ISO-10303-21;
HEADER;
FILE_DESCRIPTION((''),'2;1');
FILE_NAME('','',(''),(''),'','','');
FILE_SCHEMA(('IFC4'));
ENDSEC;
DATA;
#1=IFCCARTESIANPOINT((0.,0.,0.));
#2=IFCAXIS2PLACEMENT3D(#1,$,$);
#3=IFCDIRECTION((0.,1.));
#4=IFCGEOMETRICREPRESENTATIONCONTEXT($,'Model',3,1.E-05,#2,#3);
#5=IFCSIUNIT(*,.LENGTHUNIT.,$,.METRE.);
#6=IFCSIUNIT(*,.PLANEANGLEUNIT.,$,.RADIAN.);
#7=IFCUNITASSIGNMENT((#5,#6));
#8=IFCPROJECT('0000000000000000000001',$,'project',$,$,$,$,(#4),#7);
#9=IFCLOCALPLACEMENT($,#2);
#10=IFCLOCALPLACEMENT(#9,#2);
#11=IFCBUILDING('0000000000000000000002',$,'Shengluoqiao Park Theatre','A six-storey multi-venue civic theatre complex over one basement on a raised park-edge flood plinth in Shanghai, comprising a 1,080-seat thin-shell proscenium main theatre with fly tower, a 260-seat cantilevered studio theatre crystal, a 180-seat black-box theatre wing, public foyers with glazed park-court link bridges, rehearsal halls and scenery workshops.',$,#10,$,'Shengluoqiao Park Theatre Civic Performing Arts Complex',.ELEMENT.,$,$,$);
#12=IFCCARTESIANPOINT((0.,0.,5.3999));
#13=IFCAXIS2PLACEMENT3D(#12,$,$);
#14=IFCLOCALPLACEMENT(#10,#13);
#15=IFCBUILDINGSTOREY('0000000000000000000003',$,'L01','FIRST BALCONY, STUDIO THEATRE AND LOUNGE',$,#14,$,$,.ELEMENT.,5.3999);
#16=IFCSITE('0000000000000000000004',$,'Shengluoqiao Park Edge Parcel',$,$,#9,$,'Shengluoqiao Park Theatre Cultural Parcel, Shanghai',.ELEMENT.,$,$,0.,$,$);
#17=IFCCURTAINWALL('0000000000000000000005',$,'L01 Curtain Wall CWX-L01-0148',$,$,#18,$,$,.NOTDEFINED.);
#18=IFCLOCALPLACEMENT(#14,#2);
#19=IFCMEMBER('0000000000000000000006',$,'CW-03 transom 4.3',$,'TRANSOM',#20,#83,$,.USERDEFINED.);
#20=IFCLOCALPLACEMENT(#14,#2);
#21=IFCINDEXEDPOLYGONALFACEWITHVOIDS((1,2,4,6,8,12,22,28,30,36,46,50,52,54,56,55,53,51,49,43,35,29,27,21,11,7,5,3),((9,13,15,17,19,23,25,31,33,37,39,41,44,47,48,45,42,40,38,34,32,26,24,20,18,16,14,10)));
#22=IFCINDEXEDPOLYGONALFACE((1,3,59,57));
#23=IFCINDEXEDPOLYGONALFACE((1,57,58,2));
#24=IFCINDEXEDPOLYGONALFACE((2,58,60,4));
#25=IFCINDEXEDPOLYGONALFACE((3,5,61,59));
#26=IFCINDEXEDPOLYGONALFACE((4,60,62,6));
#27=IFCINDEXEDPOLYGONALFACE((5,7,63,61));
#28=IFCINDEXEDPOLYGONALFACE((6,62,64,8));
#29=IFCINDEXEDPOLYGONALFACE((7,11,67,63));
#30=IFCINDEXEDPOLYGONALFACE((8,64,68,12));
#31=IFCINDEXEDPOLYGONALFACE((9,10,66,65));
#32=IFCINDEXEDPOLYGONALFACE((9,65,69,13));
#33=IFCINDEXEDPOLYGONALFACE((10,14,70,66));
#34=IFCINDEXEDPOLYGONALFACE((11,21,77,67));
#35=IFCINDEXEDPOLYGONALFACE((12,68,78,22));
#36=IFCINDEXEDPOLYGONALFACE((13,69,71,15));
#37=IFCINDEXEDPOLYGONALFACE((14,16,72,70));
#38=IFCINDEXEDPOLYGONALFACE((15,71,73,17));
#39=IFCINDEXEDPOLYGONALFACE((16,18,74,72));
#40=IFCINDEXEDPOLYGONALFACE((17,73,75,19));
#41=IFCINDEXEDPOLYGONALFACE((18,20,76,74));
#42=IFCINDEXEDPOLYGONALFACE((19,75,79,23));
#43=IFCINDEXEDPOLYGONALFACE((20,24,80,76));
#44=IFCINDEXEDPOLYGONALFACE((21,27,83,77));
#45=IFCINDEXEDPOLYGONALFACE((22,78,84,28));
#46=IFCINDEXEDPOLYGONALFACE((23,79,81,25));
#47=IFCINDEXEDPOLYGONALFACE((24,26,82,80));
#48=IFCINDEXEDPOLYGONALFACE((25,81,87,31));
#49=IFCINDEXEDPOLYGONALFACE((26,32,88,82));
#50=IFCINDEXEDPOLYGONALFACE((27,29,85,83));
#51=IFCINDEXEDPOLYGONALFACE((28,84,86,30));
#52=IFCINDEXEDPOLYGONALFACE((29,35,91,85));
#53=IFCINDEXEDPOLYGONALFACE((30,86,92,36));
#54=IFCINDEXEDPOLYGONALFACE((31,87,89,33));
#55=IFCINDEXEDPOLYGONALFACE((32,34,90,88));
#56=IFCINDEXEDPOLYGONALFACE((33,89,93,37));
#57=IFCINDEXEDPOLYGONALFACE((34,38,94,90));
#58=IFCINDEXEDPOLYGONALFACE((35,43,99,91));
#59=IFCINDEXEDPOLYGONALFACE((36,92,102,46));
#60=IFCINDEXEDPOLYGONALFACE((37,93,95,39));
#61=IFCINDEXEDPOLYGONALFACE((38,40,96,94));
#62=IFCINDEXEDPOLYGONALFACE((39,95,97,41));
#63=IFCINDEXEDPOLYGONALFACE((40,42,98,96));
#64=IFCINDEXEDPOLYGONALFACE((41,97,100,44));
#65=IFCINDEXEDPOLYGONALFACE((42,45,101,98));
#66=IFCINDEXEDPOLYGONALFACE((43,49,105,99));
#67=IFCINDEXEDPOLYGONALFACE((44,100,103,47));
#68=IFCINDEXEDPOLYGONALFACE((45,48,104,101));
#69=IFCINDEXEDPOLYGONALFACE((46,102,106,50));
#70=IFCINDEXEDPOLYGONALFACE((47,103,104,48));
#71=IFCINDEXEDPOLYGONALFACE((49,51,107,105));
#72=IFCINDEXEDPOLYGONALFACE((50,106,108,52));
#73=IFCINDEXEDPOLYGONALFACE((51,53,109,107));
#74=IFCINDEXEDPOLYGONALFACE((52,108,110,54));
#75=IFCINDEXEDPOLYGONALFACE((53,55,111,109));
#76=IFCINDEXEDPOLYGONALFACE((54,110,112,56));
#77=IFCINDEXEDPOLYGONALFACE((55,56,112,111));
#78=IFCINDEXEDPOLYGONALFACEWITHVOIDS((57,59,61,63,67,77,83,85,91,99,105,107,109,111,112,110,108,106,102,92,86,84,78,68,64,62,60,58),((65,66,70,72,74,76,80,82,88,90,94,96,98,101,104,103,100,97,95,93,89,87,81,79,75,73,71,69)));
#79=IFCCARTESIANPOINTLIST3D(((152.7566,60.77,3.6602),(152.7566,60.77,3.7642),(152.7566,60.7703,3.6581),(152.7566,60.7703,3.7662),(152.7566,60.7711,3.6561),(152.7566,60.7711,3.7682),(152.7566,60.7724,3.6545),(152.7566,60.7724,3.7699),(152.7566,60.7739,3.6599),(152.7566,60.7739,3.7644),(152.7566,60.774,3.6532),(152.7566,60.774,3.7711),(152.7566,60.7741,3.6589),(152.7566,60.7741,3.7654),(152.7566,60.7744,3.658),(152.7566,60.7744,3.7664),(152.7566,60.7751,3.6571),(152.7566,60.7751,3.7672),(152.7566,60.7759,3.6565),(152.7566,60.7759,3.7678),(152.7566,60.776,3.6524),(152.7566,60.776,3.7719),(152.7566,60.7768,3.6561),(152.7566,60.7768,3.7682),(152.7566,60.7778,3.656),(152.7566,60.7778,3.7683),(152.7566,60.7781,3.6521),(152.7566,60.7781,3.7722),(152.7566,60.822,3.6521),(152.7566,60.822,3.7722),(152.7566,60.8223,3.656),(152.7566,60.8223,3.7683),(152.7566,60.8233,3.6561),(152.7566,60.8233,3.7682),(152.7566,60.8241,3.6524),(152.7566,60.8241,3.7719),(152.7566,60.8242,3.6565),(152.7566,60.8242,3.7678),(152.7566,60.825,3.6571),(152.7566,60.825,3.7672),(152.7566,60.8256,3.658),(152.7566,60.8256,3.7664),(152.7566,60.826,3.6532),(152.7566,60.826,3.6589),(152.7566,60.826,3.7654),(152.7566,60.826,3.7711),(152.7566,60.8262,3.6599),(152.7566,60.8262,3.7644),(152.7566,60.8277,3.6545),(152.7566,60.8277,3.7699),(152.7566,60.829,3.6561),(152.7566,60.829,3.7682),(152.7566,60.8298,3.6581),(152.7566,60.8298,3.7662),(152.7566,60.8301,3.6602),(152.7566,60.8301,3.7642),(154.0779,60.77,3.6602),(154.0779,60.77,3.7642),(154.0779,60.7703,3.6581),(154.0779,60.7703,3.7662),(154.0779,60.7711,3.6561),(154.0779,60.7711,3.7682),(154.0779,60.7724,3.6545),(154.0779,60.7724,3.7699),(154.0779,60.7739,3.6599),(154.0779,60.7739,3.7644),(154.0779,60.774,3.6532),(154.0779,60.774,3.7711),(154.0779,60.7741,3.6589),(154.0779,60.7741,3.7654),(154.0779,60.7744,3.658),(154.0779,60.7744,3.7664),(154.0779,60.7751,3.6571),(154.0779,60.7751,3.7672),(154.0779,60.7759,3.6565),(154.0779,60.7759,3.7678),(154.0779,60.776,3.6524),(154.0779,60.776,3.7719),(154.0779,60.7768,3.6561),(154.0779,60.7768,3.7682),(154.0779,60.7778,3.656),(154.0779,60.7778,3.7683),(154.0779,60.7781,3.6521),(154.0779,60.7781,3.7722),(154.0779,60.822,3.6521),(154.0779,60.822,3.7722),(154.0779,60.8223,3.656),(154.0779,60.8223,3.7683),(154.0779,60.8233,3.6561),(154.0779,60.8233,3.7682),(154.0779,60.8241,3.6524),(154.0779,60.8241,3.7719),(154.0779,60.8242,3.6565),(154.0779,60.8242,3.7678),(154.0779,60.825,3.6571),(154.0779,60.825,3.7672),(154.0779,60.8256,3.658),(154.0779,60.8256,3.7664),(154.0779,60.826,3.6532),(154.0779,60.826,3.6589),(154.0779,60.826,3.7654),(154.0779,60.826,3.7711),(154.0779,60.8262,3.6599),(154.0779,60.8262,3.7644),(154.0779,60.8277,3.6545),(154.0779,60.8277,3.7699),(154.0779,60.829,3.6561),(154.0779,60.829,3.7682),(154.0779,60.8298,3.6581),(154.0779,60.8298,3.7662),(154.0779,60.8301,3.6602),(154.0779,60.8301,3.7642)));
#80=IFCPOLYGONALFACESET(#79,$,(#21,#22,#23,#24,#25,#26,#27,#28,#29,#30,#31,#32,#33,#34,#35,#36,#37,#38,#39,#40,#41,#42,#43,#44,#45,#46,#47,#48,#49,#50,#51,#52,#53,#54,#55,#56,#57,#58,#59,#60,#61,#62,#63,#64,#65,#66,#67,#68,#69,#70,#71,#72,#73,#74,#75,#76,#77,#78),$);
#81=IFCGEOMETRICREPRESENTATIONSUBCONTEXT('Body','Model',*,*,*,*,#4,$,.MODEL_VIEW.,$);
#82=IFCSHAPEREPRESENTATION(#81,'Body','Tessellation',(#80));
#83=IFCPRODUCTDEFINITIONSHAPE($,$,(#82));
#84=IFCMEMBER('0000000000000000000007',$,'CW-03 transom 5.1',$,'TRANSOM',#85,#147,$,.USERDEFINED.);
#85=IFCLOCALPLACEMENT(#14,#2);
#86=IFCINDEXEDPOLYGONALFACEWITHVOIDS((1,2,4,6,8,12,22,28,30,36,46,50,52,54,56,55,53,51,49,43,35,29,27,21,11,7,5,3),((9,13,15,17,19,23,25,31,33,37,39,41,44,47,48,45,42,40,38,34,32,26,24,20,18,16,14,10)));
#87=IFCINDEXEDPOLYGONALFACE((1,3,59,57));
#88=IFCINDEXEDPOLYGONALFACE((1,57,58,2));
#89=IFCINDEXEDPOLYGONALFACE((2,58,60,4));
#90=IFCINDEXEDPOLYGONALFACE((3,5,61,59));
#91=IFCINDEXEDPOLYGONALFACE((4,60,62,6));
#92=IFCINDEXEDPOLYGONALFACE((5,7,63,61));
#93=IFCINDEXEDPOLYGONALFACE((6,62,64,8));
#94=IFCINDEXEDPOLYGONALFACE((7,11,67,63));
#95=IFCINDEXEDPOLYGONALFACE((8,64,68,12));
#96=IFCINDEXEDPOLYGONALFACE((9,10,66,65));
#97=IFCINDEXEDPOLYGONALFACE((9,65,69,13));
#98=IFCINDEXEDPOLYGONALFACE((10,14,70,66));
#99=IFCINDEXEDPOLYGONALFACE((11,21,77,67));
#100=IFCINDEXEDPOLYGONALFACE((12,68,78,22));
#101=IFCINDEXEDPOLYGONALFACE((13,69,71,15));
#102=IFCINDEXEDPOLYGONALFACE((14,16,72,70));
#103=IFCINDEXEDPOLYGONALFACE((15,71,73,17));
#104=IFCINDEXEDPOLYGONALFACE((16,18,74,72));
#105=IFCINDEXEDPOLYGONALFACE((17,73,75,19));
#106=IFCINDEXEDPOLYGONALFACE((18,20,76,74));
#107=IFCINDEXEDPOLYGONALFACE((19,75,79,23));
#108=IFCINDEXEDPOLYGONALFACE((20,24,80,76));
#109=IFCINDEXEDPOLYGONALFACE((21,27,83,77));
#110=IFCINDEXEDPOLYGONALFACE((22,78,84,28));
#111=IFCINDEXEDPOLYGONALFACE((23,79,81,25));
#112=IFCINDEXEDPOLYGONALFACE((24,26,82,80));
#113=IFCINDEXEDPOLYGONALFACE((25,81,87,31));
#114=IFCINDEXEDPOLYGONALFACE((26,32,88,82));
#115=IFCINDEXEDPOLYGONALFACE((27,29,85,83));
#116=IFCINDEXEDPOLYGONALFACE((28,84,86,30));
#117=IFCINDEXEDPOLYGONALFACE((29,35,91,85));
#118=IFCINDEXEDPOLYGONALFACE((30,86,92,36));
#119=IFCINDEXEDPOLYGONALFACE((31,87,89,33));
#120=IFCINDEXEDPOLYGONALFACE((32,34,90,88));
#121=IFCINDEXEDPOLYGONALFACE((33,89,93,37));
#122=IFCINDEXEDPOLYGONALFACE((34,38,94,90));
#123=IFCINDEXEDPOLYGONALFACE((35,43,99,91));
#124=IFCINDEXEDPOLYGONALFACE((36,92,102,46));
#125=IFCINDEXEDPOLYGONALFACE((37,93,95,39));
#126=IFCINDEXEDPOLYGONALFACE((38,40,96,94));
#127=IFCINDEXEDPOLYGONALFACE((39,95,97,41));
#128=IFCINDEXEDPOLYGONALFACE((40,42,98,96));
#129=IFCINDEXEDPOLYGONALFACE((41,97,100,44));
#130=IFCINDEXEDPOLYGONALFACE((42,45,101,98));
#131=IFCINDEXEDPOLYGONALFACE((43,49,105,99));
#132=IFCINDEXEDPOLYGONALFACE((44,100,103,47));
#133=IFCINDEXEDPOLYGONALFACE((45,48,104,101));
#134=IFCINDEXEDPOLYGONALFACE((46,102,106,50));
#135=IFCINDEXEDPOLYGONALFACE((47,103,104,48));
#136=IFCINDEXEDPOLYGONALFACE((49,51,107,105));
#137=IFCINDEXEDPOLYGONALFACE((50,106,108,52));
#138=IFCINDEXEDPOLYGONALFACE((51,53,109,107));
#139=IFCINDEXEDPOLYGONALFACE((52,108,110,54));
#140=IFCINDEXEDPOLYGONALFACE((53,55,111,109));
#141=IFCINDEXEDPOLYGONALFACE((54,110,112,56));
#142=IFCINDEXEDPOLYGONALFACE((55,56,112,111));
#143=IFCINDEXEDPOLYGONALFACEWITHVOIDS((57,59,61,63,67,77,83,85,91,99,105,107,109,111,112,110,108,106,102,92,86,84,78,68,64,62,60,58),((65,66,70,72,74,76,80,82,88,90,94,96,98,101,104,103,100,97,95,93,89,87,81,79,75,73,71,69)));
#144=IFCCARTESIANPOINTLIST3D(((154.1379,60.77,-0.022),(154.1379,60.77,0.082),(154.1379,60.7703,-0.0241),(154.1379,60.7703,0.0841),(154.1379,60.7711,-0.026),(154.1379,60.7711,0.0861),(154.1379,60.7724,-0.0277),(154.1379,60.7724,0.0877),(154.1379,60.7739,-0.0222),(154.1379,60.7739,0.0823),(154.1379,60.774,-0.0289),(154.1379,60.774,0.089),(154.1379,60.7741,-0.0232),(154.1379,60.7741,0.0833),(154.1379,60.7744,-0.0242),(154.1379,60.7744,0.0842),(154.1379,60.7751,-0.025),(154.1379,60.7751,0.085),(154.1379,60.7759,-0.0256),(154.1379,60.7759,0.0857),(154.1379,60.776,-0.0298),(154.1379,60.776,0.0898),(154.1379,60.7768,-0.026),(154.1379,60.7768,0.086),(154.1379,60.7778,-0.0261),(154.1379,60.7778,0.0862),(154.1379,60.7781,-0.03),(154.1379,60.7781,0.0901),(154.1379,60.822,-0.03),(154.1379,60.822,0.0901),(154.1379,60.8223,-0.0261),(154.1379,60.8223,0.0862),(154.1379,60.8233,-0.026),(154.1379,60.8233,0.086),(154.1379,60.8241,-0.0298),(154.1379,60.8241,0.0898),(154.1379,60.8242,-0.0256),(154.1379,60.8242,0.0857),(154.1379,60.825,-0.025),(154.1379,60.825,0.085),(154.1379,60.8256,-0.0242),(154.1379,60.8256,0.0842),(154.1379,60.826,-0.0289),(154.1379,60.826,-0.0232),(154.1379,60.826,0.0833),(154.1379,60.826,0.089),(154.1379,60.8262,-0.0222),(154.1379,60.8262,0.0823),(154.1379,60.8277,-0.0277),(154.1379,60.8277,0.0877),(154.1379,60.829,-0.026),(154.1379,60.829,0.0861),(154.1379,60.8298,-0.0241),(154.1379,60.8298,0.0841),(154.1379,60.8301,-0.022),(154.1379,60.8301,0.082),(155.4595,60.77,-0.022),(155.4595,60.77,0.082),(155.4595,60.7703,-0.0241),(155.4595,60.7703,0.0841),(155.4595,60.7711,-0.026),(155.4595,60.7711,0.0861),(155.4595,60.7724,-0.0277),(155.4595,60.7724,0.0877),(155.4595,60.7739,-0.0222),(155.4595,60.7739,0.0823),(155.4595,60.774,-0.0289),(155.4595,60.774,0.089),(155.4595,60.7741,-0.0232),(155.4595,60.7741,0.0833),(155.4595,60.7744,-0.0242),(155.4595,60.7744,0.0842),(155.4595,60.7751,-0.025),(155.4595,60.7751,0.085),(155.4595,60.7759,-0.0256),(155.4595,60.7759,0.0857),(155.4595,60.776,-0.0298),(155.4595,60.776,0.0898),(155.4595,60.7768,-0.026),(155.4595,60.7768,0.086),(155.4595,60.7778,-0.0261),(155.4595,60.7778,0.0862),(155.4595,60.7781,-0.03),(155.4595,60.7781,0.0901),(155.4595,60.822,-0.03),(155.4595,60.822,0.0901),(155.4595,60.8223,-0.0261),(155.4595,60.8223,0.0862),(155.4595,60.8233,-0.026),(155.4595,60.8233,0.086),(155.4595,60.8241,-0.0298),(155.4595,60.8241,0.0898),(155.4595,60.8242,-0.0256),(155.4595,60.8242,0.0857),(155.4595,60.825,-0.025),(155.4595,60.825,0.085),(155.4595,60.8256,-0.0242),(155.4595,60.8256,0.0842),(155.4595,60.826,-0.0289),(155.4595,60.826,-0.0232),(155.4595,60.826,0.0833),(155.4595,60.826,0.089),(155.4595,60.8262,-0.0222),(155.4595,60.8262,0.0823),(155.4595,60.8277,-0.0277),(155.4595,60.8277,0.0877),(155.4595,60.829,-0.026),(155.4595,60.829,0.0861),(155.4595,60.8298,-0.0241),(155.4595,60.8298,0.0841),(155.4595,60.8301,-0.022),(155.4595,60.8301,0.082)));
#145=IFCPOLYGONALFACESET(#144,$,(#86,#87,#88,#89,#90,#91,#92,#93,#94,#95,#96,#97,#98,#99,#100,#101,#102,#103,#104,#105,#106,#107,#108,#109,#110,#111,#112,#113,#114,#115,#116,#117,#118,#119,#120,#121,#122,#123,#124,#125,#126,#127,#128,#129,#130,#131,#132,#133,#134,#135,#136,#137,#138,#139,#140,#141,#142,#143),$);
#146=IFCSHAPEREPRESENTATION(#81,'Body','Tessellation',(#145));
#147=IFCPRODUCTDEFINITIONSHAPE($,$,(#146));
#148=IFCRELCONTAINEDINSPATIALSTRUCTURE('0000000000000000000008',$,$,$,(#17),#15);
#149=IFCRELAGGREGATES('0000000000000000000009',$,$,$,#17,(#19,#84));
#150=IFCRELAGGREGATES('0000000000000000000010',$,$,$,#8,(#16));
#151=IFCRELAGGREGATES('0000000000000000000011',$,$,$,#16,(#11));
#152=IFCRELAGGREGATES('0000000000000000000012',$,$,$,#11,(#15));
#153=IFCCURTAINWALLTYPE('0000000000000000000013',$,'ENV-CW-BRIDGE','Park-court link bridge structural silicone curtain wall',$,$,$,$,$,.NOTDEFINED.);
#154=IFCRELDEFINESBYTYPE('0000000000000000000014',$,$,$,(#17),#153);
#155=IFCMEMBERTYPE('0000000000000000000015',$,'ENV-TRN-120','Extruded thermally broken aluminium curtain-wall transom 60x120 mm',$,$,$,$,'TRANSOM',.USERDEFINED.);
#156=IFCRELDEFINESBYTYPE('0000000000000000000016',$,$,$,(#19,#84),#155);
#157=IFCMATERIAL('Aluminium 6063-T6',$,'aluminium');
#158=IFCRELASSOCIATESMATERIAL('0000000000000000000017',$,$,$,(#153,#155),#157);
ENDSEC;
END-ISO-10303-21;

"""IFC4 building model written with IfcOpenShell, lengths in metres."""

from ifc_helpers import new_model, si_unit, direction, frame, origin, origin_2d, place, context, subcontext, project, spatial, hollow_rectangle, extrude, material, material_profile, profile_set, type_object, element, aggregate, save


model = new_model("IFC4")

# Units and contexts
model_context = context("Model", 3, precision=1e-05, world=origin(), true_north=direction((0.0, 1.0)))
body_context = subcontext(model_context, "Body", "Model", "MODEL_VIEW")
ifc_project = project(units=[si_unit("LENGTHUNIT", "METRE"), si_unit("PLANEANGLEUNIT", "RADIAN")], contexts=[model_context])

# Site, building, storey
site_placement = place(None, origin())
site = spatial("IfcSite", under=ifc_project, at=site_placement, Name="Shengluoqiao Park Edge Parcel", LongName="Shengluoqiao Park Theatre Cultural Parcel, Shanghai", CompositionType="ELEMENT", RefElevation=0.0)
building_placement = place(site_placement, origin())
building = spatial("IfcBuilding", under=site, at=building_placement, Name="Shengluoqiao Park Theatre", Description="A six-storey multi-venue civic theatre complex over one basement on a raised park-edge flood plinth in Shanghai, comprising a 1,080-seat thin-shell proscenium main theatre with fly tower, a 260-seat cantilevered studio theatre crystal, a 180-seat black-box theatre wing, public foyers with glazed park-court link bridges, rehearsal halls and scenery workshops.", LongName="Shengluoqiao Park Theatre Civic Performing Arts Complex", CompositionType="ELEMENT")
storey_placement = place(building_placement, frame((0.0, 0.0, 5.3999)))
storey = spatial("IfcBuildingStorey", under=building, at=storey_placement, Name="L01", Description="FIRST BALCONY, STUDIO THEATRE AND LOUNGE", CompositionType="ELEMENT", Elevation=5.3999)

# Curtain wall, members
ifc_material_1 = material(Name="Aluminium 6063-T6", Category="aluminium")
curtain_wall_type = type_object("IfcCurtainWallType", Name="ENV-CW-BRIDGE", Description="Park-court link bridge structural silicone curtain wall", PredefinedType="NOTDEFINED", material=ifc_material_1)
curtain_wall_placement = place(storey_placement, origin())
curtain_wall = element("IfcCurtainWall", 1, at=curtain_wall_placement, inside=storey, type_object=curtain_wall_type, Name="L01 Curtain Wall CWX-L01-0148", PredefinedType="NOTDEFINED")
ifc_material_profile_1 = material_profile(ifc_material_1, hollow_rectangle(XDim=0.0601, YDim=0.1201, WallThickness=0.0039, InnerFilletRadius=0.0039, OuterFilletRadius=0.0081, at=origin_2d()), Name="ALU TRANSOM 120x60x4")
ifc_profile_set_1 = profile_set([ifc_material_profile_1], Name="Aluminium 6063-T6")
member_type_1 = type_object("IfcMemberType", Name="ENV-TRN-120", Description="Extruded thermally broken aluminium curtain-wall transom 60x120 mm", ElementType="TRANSOM", PredefinedType="USERDEFINED", material=ifc_profile_set_1)
member_1_placement = place(storey_placement, frame((152.7566, 60.8, 3.7122), z_axis=(1.0, 0.0, 0.0), x_axis=(0.0, 1.0, 0.0)))
member_1 = element("IfcMember", 2, at=member_1_placement, type_object=member_type_1, Name="CW-03 transom 4.3", ObjectType="TRANSOM", PredefinedType="USERDEFINED", context=body_context, shape_type="SweptSolid", body=[
    extrude(hollow_rectangle(XDim=0.0601, YDim=0.1201, WallThickness=0.0039, InnerFilletRadius=0.0039, OuterFilletRadius=0.0081, at=origin_2d()), origin(), (0.0, 0.0, 1.0), 1.3213),
])
member_2_placement = place(storey_placement, frame((154.1379, 60.8, 0.03), z_axis=(1.0, 0.0, 0.0), x_axis=(0.0, 1.0, 0.0)))
member_2 = element("IfcMember", 3, at=member_2_placement, type_object=member_type_1, Name="CW-03 transom 5.1", ObjectType="TRANSOM", PredefinedType="USERDEFINED", context=body_context, shape_type="SweptSolid", body=[
    extrude(hollow_rectangle(XDim=0.0601, YDim=0.1201, WallThickness=0.0039, InnerFilletRadius=0.0039, OuterFilletRadius=0.0081, at=origin_2d()), origin(), (0.0, 0.0, 1.0), 1.3215),
])

aggregate(curtain_wall, [member_1, member_2])

save(model, "model.ifc")
